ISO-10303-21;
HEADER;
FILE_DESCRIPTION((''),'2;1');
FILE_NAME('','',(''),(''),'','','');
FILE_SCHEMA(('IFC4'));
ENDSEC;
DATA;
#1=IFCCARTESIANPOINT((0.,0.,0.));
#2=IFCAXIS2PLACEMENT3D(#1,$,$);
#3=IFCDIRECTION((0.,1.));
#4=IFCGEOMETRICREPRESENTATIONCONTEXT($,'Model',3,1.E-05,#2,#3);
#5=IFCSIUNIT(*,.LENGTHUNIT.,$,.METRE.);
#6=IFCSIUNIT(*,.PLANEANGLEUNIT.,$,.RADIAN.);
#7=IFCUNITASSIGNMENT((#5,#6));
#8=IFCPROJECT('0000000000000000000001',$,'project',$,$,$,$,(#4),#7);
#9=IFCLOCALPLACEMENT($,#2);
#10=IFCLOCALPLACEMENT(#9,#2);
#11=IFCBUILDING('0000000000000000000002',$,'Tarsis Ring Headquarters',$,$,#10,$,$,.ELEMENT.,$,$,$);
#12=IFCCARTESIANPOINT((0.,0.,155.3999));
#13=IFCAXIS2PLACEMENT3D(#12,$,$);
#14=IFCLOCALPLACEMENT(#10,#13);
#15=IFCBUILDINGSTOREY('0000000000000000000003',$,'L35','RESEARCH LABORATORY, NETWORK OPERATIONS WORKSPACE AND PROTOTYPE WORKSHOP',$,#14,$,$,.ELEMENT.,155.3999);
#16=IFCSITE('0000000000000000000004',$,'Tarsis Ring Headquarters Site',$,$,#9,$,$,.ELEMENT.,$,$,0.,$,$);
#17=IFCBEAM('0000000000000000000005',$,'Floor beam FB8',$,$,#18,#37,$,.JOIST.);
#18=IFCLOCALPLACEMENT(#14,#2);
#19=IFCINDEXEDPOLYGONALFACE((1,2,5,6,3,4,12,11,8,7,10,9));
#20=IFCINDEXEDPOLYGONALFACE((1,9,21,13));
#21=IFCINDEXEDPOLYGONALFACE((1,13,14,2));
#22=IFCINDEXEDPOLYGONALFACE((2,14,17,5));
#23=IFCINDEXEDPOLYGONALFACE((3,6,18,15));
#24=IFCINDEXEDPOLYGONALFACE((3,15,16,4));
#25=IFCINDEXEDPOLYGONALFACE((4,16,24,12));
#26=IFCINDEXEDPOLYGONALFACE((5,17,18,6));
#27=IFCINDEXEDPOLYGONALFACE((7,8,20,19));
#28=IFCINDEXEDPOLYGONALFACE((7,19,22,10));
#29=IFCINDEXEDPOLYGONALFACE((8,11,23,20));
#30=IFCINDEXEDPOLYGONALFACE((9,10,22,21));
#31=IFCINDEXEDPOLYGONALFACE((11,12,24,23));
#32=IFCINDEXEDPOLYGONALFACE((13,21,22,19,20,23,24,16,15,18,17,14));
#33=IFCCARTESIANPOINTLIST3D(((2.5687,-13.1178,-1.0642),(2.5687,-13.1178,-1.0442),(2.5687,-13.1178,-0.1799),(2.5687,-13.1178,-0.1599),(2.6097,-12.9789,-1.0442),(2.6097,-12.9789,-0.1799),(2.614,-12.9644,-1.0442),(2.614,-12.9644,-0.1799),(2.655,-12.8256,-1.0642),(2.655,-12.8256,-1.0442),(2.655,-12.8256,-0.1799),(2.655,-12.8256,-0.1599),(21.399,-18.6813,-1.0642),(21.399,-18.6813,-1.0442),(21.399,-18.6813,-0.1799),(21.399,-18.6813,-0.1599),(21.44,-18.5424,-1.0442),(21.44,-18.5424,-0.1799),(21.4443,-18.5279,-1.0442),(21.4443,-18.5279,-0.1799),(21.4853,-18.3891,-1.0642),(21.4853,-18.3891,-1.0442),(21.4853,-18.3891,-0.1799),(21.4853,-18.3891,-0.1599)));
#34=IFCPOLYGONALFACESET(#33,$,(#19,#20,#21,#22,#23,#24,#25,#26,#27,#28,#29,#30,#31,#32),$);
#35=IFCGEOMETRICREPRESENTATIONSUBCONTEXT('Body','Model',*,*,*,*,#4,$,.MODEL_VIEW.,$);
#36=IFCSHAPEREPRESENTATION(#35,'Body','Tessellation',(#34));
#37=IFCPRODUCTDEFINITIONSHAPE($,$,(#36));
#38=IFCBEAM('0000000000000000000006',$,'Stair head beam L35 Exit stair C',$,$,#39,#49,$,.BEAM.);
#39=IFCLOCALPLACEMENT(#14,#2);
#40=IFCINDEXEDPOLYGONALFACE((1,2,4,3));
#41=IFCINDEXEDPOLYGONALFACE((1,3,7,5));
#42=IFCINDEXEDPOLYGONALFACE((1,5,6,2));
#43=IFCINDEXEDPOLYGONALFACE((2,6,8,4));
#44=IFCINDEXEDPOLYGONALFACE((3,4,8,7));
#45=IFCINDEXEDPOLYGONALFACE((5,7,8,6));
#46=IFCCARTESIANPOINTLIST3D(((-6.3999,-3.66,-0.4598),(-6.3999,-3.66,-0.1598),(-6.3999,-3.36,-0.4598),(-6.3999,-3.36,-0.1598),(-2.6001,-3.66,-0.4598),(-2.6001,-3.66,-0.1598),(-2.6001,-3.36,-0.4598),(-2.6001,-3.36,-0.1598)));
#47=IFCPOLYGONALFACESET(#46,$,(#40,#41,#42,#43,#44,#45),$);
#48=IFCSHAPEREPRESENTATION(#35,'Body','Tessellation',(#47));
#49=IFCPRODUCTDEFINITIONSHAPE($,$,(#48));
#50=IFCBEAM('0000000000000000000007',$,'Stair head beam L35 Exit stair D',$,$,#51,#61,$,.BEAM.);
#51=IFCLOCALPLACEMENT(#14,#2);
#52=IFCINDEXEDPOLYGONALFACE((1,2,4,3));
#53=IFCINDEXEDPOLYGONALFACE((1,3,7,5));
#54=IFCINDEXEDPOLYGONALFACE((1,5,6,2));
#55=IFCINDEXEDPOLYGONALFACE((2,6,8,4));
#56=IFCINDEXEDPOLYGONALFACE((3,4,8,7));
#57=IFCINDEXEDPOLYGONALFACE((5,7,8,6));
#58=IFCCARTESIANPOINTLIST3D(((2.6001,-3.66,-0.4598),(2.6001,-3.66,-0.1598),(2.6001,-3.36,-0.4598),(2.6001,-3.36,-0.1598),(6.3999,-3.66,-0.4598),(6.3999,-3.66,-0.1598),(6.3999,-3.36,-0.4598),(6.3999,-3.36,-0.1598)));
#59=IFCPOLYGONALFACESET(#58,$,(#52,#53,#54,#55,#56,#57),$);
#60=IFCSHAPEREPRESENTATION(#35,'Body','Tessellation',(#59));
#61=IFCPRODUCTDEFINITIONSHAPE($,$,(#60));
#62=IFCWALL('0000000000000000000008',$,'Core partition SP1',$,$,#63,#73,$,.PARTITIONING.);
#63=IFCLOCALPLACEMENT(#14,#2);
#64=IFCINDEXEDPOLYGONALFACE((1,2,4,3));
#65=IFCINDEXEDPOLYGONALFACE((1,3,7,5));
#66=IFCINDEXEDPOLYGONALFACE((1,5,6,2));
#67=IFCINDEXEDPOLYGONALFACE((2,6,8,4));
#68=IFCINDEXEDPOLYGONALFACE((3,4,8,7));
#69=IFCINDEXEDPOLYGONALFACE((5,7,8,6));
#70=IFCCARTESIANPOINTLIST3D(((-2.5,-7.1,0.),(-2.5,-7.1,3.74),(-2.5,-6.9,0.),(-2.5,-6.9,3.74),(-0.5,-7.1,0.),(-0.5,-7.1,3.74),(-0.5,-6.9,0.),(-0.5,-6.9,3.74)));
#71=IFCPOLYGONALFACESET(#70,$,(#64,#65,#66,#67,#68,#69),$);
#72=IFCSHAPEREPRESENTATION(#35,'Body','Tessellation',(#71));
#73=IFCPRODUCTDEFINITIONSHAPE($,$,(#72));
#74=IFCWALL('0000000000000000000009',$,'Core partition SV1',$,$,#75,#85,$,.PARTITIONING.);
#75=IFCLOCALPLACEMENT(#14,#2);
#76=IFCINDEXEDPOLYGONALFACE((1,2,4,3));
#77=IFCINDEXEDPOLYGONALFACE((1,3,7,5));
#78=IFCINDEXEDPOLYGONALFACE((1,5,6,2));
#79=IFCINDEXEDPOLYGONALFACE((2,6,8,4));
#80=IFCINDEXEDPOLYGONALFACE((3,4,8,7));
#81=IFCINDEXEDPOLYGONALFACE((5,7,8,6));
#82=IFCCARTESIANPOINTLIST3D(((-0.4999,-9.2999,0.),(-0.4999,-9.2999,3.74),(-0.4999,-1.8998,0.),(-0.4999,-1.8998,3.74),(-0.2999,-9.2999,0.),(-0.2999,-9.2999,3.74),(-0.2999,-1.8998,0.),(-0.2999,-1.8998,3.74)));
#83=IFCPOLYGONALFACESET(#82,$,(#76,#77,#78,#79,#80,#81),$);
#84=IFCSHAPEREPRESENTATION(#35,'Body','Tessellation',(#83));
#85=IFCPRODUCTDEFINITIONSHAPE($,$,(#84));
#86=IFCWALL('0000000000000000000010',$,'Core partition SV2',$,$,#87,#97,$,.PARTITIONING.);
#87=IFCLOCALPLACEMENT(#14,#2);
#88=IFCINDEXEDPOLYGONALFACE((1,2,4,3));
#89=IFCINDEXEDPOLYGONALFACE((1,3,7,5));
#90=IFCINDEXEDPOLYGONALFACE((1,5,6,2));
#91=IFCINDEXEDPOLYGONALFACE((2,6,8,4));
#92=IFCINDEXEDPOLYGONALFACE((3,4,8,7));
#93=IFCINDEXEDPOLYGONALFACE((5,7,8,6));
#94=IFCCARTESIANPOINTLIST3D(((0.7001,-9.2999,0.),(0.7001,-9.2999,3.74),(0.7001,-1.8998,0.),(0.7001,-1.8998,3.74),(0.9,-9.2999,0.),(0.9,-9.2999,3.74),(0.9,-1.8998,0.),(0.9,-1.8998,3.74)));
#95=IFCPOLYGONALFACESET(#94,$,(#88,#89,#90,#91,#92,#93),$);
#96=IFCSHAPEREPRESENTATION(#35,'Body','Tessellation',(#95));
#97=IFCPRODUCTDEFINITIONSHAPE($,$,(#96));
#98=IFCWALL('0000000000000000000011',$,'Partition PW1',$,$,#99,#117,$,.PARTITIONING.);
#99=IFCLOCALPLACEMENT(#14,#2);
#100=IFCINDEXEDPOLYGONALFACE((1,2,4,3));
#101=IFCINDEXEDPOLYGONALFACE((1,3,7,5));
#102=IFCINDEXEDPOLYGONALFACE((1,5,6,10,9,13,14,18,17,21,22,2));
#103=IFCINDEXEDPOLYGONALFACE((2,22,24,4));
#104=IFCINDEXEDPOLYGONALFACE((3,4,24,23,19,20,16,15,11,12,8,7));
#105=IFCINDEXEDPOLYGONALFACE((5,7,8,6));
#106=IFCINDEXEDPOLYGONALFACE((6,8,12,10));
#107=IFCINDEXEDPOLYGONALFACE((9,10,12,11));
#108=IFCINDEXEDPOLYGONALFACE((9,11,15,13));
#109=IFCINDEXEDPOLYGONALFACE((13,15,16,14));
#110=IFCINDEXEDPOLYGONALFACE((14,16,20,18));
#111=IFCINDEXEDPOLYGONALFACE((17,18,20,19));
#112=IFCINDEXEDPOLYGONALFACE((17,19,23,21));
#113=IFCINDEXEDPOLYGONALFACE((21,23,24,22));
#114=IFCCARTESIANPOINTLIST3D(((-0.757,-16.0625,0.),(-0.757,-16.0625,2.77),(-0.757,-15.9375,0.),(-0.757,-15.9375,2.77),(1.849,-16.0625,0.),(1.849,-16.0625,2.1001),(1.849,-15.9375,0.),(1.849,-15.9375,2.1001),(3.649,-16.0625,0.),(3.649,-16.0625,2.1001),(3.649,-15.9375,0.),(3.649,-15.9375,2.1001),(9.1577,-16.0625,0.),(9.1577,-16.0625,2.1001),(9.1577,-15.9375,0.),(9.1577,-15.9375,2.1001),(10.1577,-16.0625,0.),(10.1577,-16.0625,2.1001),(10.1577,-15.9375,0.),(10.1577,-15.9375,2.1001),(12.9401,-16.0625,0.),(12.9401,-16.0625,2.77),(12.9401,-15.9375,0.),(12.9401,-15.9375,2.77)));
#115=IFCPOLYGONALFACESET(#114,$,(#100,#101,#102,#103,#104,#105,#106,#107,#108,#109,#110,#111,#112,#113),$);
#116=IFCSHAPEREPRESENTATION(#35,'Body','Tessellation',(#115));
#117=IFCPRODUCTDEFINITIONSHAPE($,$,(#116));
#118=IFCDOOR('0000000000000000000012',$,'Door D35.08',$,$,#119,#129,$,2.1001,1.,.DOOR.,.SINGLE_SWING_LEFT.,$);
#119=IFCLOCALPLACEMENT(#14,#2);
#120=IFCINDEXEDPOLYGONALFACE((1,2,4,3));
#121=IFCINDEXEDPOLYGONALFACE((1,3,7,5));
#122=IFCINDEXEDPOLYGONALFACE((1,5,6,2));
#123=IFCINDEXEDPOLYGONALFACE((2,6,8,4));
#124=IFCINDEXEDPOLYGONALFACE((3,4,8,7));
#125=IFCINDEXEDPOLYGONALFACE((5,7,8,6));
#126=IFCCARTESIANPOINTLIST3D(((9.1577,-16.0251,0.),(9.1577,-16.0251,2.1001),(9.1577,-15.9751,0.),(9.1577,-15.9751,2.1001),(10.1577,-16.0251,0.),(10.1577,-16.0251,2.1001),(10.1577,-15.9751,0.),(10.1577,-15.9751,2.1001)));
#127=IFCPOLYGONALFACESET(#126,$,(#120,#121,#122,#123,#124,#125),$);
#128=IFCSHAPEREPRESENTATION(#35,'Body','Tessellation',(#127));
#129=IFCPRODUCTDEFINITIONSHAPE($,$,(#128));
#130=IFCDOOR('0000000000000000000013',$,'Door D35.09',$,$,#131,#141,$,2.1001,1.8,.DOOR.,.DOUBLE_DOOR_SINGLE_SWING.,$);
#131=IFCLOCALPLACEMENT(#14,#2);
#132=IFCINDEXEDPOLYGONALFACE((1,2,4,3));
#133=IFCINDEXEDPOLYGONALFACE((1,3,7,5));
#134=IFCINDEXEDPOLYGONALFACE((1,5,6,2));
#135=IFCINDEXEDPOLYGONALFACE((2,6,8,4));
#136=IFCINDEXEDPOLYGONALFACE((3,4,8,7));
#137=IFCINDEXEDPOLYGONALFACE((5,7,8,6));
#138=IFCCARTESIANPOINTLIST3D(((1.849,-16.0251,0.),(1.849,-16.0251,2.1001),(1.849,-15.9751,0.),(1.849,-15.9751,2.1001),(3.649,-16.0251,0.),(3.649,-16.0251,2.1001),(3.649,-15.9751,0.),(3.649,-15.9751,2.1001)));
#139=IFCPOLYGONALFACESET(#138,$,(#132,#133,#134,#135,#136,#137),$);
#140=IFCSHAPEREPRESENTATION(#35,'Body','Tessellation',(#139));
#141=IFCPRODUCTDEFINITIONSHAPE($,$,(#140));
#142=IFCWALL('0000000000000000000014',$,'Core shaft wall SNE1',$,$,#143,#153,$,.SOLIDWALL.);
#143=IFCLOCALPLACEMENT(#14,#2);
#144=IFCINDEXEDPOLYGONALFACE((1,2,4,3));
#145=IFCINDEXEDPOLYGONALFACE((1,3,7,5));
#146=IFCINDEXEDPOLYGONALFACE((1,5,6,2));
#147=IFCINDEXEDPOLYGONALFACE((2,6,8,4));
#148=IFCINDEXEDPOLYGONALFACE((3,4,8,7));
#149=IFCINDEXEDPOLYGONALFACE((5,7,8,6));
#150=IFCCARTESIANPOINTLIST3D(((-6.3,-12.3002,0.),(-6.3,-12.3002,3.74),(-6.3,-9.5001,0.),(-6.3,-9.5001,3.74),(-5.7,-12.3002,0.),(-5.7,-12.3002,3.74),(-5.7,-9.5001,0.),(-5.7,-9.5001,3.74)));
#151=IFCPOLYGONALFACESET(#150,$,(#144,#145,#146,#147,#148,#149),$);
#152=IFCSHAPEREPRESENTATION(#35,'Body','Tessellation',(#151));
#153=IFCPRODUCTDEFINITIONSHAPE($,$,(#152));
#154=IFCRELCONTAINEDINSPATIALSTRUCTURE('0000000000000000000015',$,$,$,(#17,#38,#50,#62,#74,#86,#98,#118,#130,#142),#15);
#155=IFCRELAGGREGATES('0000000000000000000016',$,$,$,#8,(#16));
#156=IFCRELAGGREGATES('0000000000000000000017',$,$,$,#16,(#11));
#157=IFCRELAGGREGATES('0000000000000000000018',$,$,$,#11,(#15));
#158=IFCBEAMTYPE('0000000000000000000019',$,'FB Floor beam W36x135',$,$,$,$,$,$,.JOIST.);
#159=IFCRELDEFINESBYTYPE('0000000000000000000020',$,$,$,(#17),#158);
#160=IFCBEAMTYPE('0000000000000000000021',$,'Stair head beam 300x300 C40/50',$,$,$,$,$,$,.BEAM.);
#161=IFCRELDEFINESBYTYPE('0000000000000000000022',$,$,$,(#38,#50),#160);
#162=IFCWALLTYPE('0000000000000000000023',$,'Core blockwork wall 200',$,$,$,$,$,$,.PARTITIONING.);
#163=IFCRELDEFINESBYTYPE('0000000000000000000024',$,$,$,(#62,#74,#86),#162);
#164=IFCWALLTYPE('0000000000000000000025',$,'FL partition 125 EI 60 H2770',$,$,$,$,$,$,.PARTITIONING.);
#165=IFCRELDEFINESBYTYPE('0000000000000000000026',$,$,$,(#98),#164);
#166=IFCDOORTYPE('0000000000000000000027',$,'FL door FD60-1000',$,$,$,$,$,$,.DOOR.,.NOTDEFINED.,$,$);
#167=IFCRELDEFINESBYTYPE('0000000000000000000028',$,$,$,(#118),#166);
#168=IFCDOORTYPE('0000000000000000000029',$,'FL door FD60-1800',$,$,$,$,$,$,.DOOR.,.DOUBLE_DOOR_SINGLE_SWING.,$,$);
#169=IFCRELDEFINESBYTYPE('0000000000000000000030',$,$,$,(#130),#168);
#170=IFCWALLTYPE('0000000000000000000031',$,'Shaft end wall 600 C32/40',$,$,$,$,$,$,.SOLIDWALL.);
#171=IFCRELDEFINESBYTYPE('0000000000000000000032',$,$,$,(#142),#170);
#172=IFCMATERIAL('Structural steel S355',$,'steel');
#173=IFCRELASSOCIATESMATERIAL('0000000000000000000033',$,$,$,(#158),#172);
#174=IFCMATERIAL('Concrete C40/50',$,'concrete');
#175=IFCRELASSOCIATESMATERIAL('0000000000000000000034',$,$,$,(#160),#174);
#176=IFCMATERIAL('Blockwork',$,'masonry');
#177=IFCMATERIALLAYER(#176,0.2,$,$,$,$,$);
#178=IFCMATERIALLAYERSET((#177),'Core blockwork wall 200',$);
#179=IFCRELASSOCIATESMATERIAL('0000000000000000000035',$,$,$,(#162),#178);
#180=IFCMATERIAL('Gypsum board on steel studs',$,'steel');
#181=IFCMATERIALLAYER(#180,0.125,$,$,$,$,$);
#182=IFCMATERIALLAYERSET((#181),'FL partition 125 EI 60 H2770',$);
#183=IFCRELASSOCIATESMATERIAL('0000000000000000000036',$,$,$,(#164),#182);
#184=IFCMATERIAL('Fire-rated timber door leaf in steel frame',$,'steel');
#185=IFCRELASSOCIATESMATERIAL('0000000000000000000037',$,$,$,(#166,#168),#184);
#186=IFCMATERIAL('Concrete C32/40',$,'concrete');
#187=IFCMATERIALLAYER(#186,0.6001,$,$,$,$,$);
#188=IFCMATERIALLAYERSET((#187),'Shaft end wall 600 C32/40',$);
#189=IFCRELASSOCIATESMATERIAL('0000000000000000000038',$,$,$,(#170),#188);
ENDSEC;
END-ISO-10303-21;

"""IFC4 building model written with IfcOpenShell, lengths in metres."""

from ifc_helpers import new_model, si_unit, direction, frame, frame_2d, origin, origin_2d, place, context, subcontext, project, spatial, rectangle, i_section, extrude, material, layer, layer_set, material_profile, profile_set, type_object, element, fill, save


model = new_model("IFC4")

# Units and contexts
model_context = context("Model", 3, precision=1e-05, world=origin(), true_north=direction((0.0, 1.0)))
body_context = subcontext(model_context, "Body", "Model", "MODEL_VIEW")
ifc_project = project(units=[si_unit("LENGTHUNIT", "METRE"), si_unit("PLANEANGLEUNIT", "RADIAN")], contexts=[model_context])

# Site, building, storey
site_placement = place(None, origin())
site = spatial("IfcSite", under=ifc_project, at=site_placement, Name="Tarsis Ring Headquarters Site", CompositionType="ELEMENT", RefElevation=0.0)
building_placement = place(site_placement, origin())
building = spatial("IfcBuilding", under=site, at=building_placement, Name="Tarsis Ring Headquarters", CompositionType="ELEMENT")
storey_placement = place(building_placement, frame((0.0, 0.0, 155.3999)))
storey = spatial("IfcBuildingStorey", under=building, at=storey_placement, Name="L35", Description="RESEARCH LABORATORY, NETWORK OPERATIONS WORKSPACE AND PROTOTYPE WORKSHOP", CompositionType="ELEMENT", Elevation=155.3999)

# Beams
ifc_material_1 = material(Name="Structural steel S355", Category="steel")
ifc_material_profile_1 = material_profile(ifc_material_1, i_section(OverallWidth=0.3047, OverallDepth=0.9043, WebThickness=0.0151, FlangeThickness=0.02, at=origin_2d()), Name="W36x135")
ifc_profile_set_1 = profile_set([ifc_material_profile_1], Name="Structural steel S355")
beam_type_1 = type_object("IfcBeamType", Name="FB Floor beam W36x135", PredefinedType="JOIST", material=ifc_profile_set_1)
beam_placement = place(storey_placement, frame((2.6118, -12.9717, -0.6121), z_axis=(0.959018, -0.283345, 0.0), x_axis=(0.283345, 0.959018, 0.0)))
element("IfcBeam", 1, at=beam_placement, inside=storey, type_object=beam_type_1, Name="Floor beam FB8", PredefinedType="JOIST", context=body_context, shape_type="SweptSolid", body=[
    extrude(i_section(OverallWidth=0.3047, OverallDepth=0.9043, WebThickness=0.0151, FlangeThickness=0.02, at=origin_2d()), origin(), (0.0, 0.0, 1.0), 19.635),
])
ifc_material_2 = material(Name="Concrete C40/50", Category="concrete")
ifc_material_profile_2 = material_profile(ifc_material_2, rectangle(XDim=0.3, YDim=0.3, at=origin_2d()), Name="Stair head beam 300x300 C40/50")
ifc_profile_set_2 = profile_set([ifc_material_profile_2], Name="Concrete C40/50")
beam_type_2 = type_object("IfcBeamType", Name="Stair head beam 300x300 C40/50", PredefinedType="BEAM", material=ifc_profile_set_2)
for number, where, z_axis, x_axis, name in (
    (2, (-6.3999, -3.51, -0.3098), (1.0, 0.0, 0.0), (0.0, 1.0, 0.0), "Stair head beam L35 Exit stair C"),
    (3, (2.6001, -3.51, -0.3098), (1.0, 0.0, 0.0), (0.0, 1.0, 0.0), "Stair head beam L35 Exit stair D"),
):
    element("IfcBeam", number, at=place(storey_placement, frame(where, z_axis=z_axis, x_axis=x_axis)), inside=storey, type_object=beam_type_2, Name=name, PredefinedType="BEAM", context=body_context, shape_type="SweptSolid", body=[
        extrude(rectangle(XDim=0.3, YDim=0.3, at=origin_2d()), origin(), (0.0, 0.0, 1.0), 3.7998),
    ])

# Walls
ifc_material_3 = material(Name="Blockwork", Category="masonry")
ifc_layer_1 = layer(ifc_material_3, 0.2)
ifc_layer_set_1 = layer_set([ifc_layer_1], Name="Core blockwork wall 200")
wall_type_1 = type_object("IfcWallType", Name="Core blockwork wall 200", PredefinedType="PARTITIONING", material=ifc_layer_set_1)
wall_1_placement = place(storey_placement, frame((-2.5, -7.0, 0.0), z_axis=(0.0, 0.0, 1.0), x_axis=(1.0, 0.0, 0.0)))
element("IfcWall", 4, at=wall_1_placement, inside=storey, type_object=wall_type_1, Name="Core partition SP1", PredefinedType="PARTITIONING", context=body_context, shape_type="SweptSolid", body=[
    extrude(rectangle(XDim=2.0, YDim=0.2, at=frame_2d((1.0, 0.0))), origin(), (0.0, 0.0, 1.0), 3.74),
])
for number, where, z_axis, x_axis, name in (
    (5, (-0.3999, -9.3, 0.0), (0.0, 0.0, 1.0), (0.0, 1.0, 0.0), "Core partition SV1"),
    (6, (0.8, -9.3, 0.0), (0.0, 0.0, 1.0), (0.0, 1.0, 0.0), "Core partition SV2"),
):
    element("IfcWall", number, at=place(storey_placement, frame(where, z_axis=z_axis, x_axis=x_axis)), inside=storey, type_object=wall_type_1, Name=name, PredefinedType="PARTITIONING", context=body_context, shape_type="SweptSolid", body=[
        extrude(rectangle(XDim=7.4001, YDim=0.2, at=frame_2d((3.7002, 0.0))), origin(), (0.0, 0.0, 1.0), 3.74),
    ])

# Wall, openings, doors
ifc_material_4 = material(Name="Gypsum board on steel studs", Category="steel")
ifc_layer_2 = layer(ifc_material_4, 0.125)
ifc_layer_set_2 = layer_set([ifc_layer_2], Name="FL partition 125 EI 60 H2770")
wall_type_2 = type_object("IfcWallType", Name="FL partition 125 EI 60 H2770", PredefinedType="PARTITIONING", material=ifc_layer_set_2)
wall_2_placement = place(storey_placement, frame((-0.7571, -16.0, 0.0), z_axis=(0.0, 0.0, 1.0), x_axis=(1.0, 0.0, 0.0)))
wall_2 = element("IfcWall", 7, at=wall_2_placement, inside=storey, type_object=wall_type_2, Name="Partition PW1", PredefinedType="PARTITIONING", context=body_context, shape_type="SweptSolid", body=[
    extrude(rectangle(XDim=13.697, YDim=0.125, at=frame_2d((6.8486, 0.0))), origin(), (0.0, 0.0, 1.0), 2.77),
])
opening_1_placement = place(wall_2_placement, frame((9.9148, 0.0, 0.0)))
opening_1 = element("IfcOpeningElement", 8, at=opening_1_placement, cuts=wall_2, PredefinedType="OPENING", context=body_context, shape_type="SweptSolid", body=[
    extrude(rectangle(XDim=1.0, YDim=2.1001, at=frame_2d((0.5, 1.05))), frame((0.0, 0.0725, 0.0), z_axis=(0.0, -1.0, 0.0), x_axis=(1.0, 0.0, 0.0)), (0.0, 0.0, 1.0), 0.145),
])
opening_2_placement = place(wall_2_placement, frame((2.6062, 0.0, 0.0)))
opening_2 = element("IfcOpeningElement", 9, at=opening_2_placement, cuts=wall_2, PredefinedType="OPENING", context=body_context, shape_type="SweptSolid", body=[
    extrude(rectangle(XDim=1.8, YDim=2.1001, at=frame_2d((0.8999, 1.05))), frame((0.0, 0.0725, 0.0), z_axis=(0.0, -1.0, 0.0), x_axis=(1.0, 0.0, 0.0)), (0.0, 0.0, 1.0), 0.145),
])
ifc_material_5 = material(Name="Fire-rated timber door leaf in steel frame", Category="steel")
door_type_1 = type_object("IfcDoorType", Name="FL door FD60-1000", OperationType="NOTDEFINED", PredefinedType="DOOR", material=ifc_material_5)
door_1_placement = place(opening_1_placement, origin())
door_1 = element("IfcDoor", 10, at=door_1_placement, inside=storey, type_object=door_type_1, Name="Door D35.08", OperationType="SINGLE_SWING_LEFT", OverallHeight=2.1001, OverallWidth=1.0, PredefinedType="DOOR", context=body_context, shape_type="SweptSolid", body=[
    extrude(rectangle(XDim=1.0, YDim=2.1001, at=frame_2d((0.5, 1.05))), frame((0.0, 0.0249, 0.0), z_axis=(0.0, -1.0, 0.0), x_axis=(1.0, 0.0, 0.0)), (0.0, 0.0, 1.0), 0.05),
])
fill(opening_1, door_1)
door_type_2 = type_object("IfcDoorType", Name="FL door FD60-1800", OperationType="DOUBLE_DOOR_SINGLE_SWING", PredefinedType="DOOR", material=ifc_material_5)
door_2_placement = place(opening_2_placement, origin())
door_2 = element("IfcDoor", 11, at=door_2_placement, inside=storey, type_object=door_type_2, Name="Door D35.09", OperationType="DOUBLE_DOOR_SINGLE_SWING", OverallHeight=2.1001, OverallWidth=1.8, PredefinedType="DOOR", context=body_context, shape_type="SweptSolid", body=[
    extrude(rectangle(XDim=1.8, YDim=2.1001, at=frame_2d((0.8999, 1.05))), frame((0.0, 0.0249, 0.0), z_axis=(0.0, -1.0, 0.0), x_axis=(1.0, 0.0, 0.0)), (0.0, 0.0, 1.0), 0.05),
])
fill(opening_2, door_2)

# Wall
ifc_material_6 = material(Name="Concrete C32/40", Category="concrete")
ifc_layer_3 = layer(ifc_material_6, 0.6001)
ifc_layer_set_3 = layer_set([ifc_layer_3], Name="Shaft end wall 600 C32/40")
wall_type_3 = type_object("IfcWallType", Name="Shaft end wall 600 C32/40", PredefinedType="SOLIDWALL", material=ifc_layer_set_3)
wall_3_placement = place(storey_placement, frame((-6.0, -12.3, 0.0), z_axis=(0.0, 0.0, 1.0), x_axis=(0.0, 1.0, 0.0)))
element("IfcWall", 12, at=wall_3_placement, inside=storey, type_object=wall_type_3, Name="Core shaft wall SNE1", PredefinedType="SOLIDWALL", context=body_context, shape_type="SweptSolid", body=[
    extrude(rectangle(XDim=2.8, YDim=0.6001, at=frame_2d((1.3999, 0.0))), origin(), (0.0, 0.0, 1.0), 3.74),
])

save(model, "model.ifc")
